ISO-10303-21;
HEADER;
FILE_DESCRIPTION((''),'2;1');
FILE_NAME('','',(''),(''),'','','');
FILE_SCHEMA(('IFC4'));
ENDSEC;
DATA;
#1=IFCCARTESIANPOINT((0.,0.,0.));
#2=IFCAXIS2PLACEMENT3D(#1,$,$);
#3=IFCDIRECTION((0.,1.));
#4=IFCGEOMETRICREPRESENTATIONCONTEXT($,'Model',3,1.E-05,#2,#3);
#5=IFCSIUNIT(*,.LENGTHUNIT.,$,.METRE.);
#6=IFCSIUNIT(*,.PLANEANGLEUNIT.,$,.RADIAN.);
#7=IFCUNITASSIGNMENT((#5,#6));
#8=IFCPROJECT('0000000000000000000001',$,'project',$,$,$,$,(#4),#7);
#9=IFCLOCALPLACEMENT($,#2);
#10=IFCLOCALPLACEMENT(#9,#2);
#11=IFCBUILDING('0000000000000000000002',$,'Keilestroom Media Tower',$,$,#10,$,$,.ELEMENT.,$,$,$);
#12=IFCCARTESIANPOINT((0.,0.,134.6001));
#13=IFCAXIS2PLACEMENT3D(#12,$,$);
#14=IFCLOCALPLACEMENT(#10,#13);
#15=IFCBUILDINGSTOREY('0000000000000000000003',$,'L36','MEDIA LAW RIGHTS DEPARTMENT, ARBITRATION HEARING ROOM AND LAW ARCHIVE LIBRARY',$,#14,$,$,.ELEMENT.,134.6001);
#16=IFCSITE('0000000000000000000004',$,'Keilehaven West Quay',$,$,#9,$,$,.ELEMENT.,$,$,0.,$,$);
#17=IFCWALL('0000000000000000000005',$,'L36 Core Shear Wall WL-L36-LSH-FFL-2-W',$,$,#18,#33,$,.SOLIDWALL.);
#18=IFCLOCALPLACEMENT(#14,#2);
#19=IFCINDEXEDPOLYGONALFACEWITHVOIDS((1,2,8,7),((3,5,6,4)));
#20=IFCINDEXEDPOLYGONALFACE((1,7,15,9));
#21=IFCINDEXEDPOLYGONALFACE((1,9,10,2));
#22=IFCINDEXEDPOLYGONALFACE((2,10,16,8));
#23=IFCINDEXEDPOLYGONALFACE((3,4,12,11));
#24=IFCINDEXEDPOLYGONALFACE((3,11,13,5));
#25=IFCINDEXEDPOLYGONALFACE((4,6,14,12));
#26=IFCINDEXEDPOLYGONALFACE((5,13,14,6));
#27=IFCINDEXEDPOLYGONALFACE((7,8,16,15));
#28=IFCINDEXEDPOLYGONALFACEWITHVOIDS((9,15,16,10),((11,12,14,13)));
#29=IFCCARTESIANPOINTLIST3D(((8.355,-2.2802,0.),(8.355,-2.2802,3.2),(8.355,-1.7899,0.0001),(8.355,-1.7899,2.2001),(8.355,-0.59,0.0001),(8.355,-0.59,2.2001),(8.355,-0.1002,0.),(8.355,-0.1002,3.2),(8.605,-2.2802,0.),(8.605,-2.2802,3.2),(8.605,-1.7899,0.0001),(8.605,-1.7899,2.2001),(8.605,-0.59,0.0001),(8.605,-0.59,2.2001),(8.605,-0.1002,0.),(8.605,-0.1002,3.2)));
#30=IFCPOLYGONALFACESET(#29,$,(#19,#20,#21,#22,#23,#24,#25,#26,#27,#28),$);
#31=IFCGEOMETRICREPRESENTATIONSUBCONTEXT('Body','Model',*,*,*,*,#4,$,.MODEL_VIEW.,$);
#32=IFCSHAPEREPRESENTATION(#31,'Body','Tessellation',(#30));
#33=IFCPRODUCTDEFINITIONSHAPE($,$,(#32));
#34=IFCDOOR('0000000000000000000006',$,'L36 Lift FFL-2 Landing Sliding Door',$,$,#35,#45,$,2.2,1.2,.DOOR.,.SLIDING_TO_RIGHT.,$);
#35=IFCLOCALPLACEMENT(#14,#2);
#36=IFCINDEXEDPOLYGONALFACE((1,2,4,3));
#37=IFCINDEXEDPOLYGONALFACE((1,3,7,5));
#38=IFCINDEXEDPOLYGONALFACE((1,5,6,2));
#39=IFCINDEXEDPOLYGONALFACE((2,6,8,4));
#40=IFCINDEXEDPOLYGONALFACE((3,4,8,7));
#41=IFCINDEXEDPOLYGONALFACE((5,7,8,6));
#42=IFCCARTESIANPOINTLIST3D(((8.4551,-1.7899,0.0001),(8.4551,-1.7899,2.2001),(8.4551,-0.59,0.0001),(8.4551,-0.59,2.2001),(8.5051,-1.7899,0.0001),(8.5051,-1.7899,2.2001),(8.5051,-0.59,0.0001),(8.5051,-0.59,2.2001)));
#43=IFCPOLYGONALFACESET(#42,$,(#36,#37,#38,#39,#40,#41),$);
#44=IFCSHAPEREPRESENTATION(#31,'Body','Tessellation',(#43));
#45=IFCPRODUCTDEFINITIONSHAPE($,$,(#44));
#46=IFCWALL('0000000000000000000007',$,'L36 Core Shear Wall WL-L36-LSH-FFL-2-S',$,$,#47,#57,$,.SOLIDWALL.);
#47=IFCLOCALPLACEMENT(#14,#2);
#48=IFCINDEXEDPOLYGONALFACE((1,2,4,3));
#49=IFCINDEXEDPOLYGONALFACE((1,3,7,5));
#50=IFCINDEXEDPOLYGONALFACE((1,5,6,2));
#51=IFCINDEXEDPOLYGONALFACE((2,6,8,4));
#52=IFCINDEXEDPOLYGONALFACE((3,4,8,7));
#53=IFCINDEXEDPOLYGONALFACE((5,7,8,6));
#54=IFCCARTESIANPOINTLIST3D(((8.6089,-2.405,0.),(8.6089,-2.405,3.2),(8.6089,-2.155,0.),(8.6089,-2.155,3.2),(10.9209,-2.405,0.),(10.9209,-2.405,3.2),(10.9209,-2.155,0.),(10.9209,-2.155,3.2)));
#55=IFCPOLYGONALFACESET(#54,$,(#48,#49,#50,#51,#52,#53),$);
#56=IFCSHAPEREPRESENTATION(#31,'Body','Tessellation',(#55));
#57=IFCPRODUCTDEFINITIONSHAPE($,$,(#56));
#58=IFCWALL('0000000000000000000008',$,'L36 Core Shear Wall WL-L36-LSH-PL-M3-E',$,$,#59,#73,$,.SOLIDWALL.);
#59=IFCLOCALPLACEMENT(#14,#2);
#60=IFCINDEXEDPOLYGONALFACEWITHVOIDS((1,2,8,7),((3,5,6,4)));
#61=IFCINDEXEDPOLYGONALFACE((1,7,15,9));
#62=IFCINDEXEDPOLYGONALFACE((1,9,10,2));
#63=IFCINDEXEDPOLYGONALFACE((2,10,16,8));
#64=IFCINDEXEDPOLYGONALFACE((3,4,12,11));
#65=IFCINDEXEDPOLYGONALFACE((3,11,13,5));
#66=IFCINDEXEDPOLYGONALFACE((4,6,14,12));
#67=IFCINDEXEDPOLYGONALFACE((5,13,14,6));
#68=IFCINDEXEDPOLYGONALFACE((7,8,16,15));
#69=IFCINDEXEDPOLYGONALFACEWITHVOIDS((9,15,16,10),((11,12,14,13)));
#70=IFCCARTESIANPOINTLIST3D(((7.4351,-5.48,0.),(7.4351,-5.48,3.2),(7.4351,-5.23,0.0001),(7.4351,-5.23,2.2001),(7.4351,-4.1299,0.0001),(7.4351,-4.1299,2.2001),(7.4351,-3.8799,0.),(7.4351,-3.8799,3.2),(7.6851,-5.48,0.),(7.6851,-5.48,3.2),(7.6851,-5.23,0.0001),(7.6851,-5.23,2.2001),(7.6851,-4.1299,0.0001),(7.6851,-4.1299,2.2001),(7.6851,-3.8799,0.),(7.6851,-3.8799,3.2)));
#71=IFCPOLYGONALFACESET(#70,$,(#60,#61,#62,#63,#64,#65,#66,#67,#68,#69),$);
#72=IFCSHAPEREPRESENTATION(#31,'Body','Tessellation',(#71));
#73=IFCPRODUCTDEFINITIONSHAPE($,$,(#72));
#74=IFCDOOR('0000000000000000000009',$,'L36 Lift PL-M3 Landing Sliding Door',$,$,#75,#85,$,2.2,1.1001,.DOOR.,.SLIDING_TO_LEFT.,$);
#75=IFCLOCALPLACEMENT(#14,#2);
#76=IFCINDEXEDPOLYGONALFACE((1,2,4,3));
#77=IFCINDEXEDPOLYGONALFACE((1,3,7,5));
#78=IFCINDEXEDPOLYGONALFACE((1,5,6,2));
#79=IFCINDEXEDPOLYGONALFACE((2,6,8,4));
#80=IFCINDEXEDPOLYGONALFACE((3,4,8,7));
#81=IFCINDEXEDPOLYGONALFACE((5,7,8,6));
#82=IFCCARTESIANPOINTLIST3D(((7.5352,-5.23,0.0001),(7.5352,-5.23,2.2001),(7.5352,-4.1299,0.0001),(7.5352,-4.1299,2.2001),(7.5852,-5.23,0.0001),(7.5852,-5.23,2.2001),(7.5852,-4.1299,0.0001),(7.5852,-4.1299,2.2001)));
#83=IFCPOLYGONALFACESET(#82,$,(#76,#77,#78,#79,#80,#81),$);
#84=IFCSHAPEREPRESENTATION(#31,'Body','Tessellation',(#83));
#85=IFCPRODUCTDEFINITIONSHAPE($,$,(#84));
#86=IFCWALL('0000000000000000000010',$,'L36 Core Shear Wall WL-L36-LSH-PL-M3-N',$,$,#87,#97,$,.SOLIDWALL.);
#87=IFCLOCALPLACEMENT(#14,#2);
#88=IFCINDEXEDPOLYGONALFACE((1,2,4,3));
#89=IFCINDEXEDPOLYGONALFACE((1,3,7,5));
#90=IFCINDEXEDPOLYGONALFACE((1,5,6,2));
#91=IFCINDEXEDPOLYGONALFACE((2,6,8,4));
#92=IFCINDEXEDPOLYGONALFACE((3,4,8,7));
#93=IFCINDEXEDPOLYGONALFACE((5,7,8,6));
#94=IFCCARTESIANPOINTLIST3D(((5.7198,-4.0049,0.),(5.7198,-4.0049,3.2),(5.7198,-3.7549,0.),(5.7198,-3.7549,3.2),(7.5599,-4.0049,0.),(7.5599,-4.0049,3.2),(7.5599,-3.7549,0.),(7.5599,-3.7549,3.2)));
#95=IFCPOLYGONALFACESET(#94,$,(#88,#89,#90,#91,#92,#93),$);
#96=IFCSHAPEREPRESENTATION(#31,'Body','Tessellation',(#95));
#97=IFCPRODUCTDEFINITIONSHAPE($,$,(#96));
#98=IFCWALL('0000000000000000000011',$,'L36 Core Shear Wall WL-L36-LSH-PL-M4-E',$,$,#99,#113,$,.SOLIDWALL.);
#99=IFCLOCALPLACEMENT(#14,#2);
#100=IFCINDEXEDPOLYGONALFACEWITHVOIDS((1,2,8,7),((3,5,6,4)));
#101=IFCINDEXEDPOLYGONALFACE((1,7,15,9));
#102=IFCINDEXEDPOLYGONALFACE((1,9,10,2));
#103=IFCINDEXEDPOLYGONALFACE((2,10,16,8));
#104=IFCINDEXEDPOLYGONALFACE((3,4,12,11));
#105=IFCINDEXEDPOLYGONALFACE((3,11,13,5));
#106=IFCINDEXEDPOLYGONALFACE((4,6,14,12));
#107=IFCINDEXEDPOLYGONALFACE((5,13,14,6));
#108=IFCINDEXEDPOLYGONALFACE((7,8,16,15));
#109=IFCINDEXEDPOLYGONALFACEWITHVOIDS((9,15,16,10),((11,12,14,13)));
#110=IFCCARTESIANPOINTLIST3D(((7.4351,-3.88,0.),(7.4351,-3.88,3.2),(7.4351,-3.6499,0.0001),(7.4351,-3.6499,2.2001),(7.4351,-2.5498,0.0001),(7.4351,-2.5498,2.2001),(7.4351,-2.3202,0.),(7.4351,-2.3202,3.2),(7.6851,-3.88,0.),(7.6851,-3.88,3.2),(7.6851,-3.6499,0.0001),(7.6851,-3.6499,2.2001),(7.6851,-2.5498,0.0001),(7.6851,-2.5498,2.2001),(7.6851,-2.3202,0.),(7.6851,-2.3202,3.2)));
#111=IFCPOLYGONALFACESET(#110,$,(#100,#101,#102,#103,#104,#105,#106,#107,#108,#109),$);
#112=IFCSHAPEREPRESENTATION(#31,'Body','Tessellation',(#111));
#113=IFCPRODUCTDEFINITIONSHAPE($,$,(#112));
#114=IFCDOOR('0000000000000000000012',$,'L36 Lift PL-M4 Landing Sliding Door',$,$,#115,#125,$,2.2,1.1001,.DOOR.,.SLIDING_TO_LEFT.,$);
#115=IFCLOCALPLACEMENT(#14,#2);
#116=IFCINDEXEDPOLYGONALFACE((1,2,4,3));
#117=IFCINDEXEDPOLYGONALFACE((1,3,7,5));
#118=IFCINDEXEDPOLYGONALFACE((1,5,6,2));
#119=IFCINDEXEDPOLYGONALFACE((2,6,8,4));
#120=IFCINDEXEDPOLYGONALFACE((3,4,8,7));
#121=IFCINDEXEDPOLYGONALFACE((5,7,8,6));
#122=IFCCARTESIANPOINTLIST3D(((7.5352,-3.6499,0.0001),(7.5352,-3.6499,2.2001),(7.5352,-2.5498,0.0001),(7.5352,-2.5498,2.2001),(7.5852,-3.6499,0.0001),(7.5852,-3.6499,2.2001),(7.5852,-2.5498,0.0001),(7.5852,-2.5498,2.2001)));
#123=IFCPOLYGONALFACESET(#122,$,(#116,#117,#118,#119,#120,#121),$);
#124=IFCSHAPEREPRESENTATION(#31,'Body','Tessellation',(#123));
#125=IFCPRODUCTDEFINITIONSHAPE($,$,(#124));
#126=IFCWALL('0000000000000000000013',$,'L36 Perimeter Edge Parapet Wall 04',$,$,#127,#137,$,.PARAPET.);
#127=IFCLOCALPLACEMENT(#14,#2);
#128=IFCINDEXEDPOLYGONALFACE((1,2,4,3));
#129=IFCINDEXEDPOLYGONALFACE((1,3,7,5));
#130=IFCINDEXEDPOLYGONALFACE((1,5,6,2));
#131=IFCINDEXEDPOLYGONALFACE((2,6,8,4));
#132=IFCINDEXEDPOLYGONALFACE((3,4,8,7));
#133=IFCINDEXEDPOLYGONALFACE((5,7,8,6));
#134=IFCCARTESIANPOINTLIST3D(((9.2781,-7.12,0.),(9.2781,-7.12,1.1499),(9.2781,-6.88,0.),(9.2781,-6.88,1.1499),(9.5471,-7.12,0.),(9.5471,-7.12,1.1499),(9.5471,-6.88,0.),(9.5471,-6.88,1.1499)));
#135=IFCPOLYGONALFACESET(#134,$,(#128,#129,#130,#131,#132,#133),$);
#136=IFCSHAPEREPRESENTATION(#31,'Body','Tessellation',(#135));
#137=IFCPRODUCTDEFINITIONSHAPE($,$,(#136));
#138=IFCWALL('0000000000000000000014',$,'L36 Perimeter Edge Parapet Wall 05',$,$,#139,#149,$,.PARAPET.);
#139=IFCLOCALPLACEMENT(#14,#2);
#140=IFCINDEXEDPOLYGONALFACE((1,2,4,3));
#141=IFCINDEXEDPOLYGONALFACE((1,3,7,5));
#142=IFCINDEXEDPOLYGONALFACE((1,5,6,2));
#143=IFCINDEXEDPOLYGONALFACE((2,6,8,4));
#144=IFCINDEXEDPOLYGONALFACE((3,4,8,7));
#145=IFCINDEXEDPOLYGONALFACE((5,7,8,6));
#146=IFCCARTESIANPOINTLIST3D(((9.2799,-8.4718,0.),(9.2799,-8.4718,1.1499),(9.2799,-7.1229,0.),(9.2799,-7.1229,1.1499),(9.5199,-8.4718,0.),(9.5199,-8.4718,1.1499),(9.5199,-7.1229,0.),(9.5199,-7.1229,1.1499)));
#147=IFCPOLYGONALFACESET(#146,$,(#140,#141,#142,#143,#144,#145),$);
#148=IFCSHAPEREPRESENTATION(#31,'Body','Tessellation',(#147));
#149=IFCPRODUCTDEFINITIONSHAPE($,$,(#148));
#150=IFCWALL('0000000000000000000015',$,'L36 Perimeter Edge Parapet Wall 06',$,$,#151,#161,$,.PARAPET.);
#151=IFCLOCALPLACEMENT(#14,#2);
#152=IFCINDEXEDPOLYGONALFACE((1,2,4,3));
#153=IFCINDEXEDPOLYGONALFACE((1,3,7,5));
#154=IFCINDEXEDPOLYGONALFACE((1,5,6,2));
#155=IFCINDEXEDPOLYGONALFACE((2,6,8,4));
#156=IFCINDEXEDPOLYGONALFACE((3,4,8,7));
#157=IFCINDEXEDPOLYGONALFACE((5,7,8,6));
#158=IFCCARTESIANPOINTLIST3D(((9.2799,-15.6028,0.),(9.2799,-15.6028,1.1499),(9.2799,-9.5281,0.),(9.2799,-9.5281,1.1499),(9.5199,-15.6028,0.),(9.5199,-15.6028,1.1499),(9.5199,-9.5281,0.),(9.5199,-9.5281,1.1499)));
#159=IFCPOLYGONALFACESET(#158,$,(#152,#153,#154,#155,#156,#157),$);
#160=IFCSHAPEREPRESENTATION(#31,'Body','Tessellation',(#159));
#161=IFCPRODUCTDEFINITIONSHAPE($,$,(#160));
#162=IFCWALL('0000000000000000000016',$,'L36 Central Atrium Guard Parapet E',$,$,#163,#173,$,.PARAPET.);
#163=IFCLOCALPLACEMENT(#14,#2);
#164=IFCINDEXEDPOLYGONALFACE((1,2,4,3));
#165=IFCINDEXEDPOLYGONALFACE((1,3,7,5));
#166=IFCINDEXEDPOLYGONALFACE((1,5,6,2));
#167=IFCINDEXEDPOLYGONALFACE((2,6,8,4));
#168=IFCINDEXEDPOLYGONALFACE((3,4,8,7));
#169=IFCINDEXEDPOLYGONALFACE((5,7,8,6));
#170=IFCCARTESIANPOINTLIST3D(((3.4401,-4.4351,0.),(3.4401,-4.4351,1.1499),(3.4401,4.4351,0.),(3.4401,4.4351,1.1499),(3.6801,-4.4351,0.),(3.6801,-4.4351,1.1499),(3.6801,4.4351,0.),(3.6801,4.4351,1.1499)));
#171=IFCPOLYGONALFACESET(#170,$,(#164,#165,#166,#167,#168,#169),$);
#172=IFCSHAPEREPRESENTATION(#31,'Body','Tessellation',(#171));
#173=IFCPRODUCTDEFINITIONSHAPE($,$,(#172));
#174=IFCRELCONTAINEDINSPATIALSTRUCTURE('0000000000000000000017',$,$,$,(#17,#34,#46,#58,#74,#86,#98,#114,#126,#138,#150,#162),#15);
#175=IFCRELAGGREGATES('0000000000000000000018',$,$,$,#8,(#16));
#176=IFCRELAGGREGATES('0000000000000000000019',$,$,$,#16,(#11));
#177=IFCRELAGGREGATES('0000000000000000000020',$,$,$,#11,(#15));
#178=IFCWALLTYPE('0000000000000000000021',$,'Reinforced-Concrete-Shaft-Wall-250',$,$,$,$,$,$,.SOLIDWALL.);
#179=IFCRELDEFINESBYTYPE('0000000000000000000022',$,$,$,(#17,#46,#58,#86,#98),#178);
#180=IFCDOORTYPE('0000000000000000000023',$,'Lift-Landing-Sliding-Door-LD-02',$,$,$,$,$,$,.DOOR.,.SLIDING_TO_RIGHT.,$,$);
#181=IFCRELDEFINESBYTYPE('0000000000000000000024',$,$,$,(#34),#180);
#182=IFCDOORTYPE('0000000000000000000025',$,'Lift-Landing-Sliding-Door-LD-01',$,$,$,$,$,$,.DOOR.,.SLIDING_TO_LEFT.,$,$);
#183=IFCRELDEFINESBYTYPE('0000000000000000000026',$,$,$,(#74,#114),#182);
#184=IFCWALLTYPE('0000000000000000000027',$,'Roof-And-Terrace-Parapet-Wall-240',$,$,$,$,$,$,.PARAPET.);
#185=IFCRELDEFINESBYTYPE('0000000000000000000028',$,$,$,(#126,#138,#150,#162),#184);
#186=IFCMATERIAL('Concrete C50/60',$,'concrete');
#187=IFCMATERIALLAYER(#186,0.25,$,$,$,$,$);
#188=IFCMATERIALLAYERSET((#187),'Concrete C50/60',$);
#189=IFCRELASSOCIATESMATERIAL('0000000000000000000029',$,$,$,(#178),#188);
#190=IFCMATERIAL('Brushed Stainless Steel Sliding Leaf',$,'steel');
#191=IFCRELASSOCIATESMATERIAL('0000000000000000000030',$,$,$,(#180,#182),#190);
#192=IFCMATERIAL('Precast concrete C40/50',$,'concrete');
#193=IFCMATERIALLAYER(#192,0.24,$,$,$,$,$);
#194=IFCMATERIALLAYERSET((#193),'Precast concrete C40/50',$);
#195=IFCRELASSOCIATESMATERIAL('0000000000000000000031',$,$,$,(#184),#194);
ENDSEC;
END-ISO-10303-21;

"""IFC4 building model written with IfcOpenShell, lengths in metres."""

from ifc_helpers import new_model, si_unit, direction, frame, frame_2d, origin, place, context, subcontext, project, spatial, rectangle, extrude, source, transform, mapped, material, layer, layer_set, type_object, element, fill, save


model = new_model("IFC4")

# Units and contexts
model_context = context("Model", 3, precision=1e-05, world=origin(), true_north=direction((0.0, 1.0)))
body_context = subcontext(model_context, "Body", "Model", "MODEL_VIEW")
ifc_project = project(units=[si_unit("LENGTHUNIT", "METRE"), si_unit("PLANEANGLEUNIT", "RADIAN")], contexts=[model_context])

# Site, building, storey
site_placement = place(None, origin())
site = spatial("IfcSite", under=ifc_project, at=site_placement, Name="Keilehaven West Quay", CompositionType="ELEMENT", RefElevation=0.0)
building_placement = place(site_placement, origin())
building = spatial("IfcBuilding", under=site, at=building_placement, Name="Keilestroom Media Tower", CompositionType="ELEMENT")
storey_placement = place(building_placement, frame((0.0, 0.0, 134.6001)))
storey = spatial("IfcBuildingStorey", under=building, at=storey_placement, Name="L36", Description="MEDIA LAW RIGHTS DEPARTMENT, ARBITRATION HEARING ROOM AND LAW ARCHIVE LIBRARY", CompositionType="ELEMENT", Elevation=134.6001)

# Shared definitions
shared_shape_1 = source(origin(), body_context, "Body", "SweptSolid", [
    extrude(rectangle(XDim=1.2, YDim=2.2, at=frame_2d((0.6001, 1.1001))), frame((0.0, 0.0249, 0.0), z_axis=(0.0, -1.0, 0.0), x_axis=(1.0, 0.0, 0.0)), (0.0, 0.0, 1.0), 0.05),
])

# Shared definitions
ifc_material_1 = material(Name="Concrete C50/60", Category="concrete")
ifc_layer_1 = layer(ifc_material_1, 0.25)
ifc_layer_set_1 = layer_set([ifc_layer_1], Name="Concrete C50/60")
wall_type_1 = type_object("IfcWallType", Name="Reinforced-Concrete-Shaft-Wall-250", PredefinedType="SOLIDWALL", material=ifc_layer_set_1)

# Wall, opening, door
wall_1_placement = place(storey_placement, frame((8.48, -2.28, 0.0), z_axis=(0.0, 0.0, 1.0), x_axis=(0.0, 1.0, 0.0)))
wall_1 = element("IfcWall", 1, at=wall_1_placement, inside=storey, type_object=wall_type_1, Name="L36 Core Shear Wall WL-L36-LSH-FFL-2-W", PredefinedType="SOLIDWALL", context=body_context, shape_type="SweptSolid", body=[
    extrude(rectangle(XDim=2.1799, YDim=0.25, at=frame_2d((1.0898, 0.0))), origin(), (0.0, 0.0, 1.0), 3.2),
])
opening_1_placement = place(wall_1_placement, frame((0.49, 0.0, 0.0)))
opening_1 = element("IfcOpeningElement", 2, at=opening_1_placement, cuts=wall_1, PredefinedType="OPENING", context=body_context, shape_type="SweptSolid", body=[
    extrude(rectangle(XDim=1.2, YDim=2.2, at=frame_2d((0.6001, 1.1001))), frame((0.0, 0.135, 0.0), z_axis=(0.0, -1.0, 0.0), x_axis=(1.0, 0.0, 0.0)), (0.0, 0.0, 1.0), 0.27),
])
ifc_material_2 = material(Name="Brushed Stainless Steel Sliding Leaf", Category="steel")
door_type_1 = type_object("IfcDoorType", Name="Lift-Landing-Sliding-Door-LD-02", OperationType="SLIDING_TO_RIGHT", PredefinedType="DOOR", material=ifc_material_2)
door_1_placement = place(opening_1_placement, origin())
door_1 = element("IfcDoor", 3, at=door_1_placement, inside=storey, type_object=door_type_1, Name="L36 Lift FFL-2 Landing Sliding Door", OperationType="SLIDING_TO_RIGHT", OverallHeight=2.2, OverallWidth=1.2, PredefinedType="DOOR", context=body_context, shape_type="MappedRepresentation", body=[
    mapped(shared_shape_1, transform((0.0, 0.0, 0.0), x_axis=(1.0, 0.0, 0.0), y_axis=(0.0, 1.0, 0.0), z_axis=(0.0, 0.0, 1.0), scale=1.0)),
])
fill(opening_1, door_1)

# Wall
wall_2_placement = place(storey_placement, frame((8.6089, -2.28, 0.0), z_axis=(0.0, 0.0, 1.0), x_axis=(1.0, 0.0, 0.0)))
element("IfcWall", 4, at=wall_2_placement, inside=storey, type_object=wall_type_1, Name="L36 Core Shear Wall WL-L36-LSH-FFL-2-S", PredefinedType="SOLIDWALL", context=body_context, shape_type="SweptSolid", body=[
    extrude(rectangle(XDim=2.312, YDim=0.25, at=frame_2d((1.156, 0.0))), origin(), (0.0, 0.0, 1.0), 3.2),
])

# Wall, opening, door
wall_3_placement = place(storey_placement, frame((7.5601, -5.48, 0.0), z_axis=(0.0, 0.0, 1.0), x_axis=(0.0, 1.0, 0.0)))
wall_3 = element("IfcWall", 5, at=wall_3_placement, inside=storey, type_object=wall_type_1, Name="L36 Core Shear Wall WL-L36-LSH-PL-M3-E", PredefinedType="SOLIDWALL", context=body_context, shape_type="SweptSolid", body=[
    extrude(rectangle(XDim=1.6001, YDim=0.25, at=frame_2d((0.8, 0.0))), origin(), (0.0, 0.0, 1.0), 3.2),
])
opening_2_placement = place(wall_3_placement, frame((0.25, 0.0, 0.0)))
opening_2 = element("IfcOpeningElement", 6, at=opening_2_placement, cuts=wall_3, PredefinedType="OPENING", context=body_context, shape_type="SweptSolid", body=[
    extrude(rectangle(XDim=1.1001, YDim=2.2, at=frame_2d((0.55, 1.1001))), frame((0.0, 0.135, 0.0), z_axis=(0.0, -1.0, 0.0), x_axis=(1.0, 0.0, 0.0)), (0.0, 0.0, 1.0), 0.27),
])
door_type_2 = type_object("IfcDoorType", Name="Lift-Landing-Sliding-Door-LD-01", OperationType="SLIDING_TO_LEFT", PredefinedType="DOOR", material=ifc_material_2)
shared_shape_2 = source(origin(), body_context, "Body", "SweptSolid", [
    extrude(rectangle(XDim=1.1001, YDim=2.2, at=frame_2d((0.55, 1.1001))), frame((0.0, 0.0249, 0.0), z_axis=(0.0, -1.0, 0.0), x_axis=(1.0, 0.0, 0.0)), (0.0, 0.0, 1.0), 0.05),
])
door_2_placement = place(opening_2_placement, origin())
door_2 = element("IfcDoor", 7, at=door_2_placement, inside=storey, type_object=door_type_2, Name="L36 Lift PL-M3 Landing Sliding Door", OperationType="SLIDING_TO_LEFT", OverallHeight=2.2, OverallWidth=1.1001, PredefinedType="DOOR", context=body_context, shape_type="MappedRepresentation", body=[
    mapped(shared_shape_2, transform((0.0, 0.0, 0.0), x_axis=(1.0, 0.0, 0.0), y_axis=(0.0, 1.0, 0.0), z_axis=(0.0, 0.0, 1.0), scale=1.0)),
])
fill(opening_2, door_2)

# Wall
wall_4_placement = place(storey_placement, frame((5.72, -3.8799, 0.0), z_axis=(0.0, 0.0, 1.0), x_axis=(1.0, 0.0, 0.0)))
element("IfcWall", 8, at=wall_4_placement, inside=storey, type_object=wall_type_1, Name="L36 Core Shear Wall WL-L36-LSH-PL-M3-N", PredefinedType="SOLIDWALL", context=body_context, shape_type="SweptSolid", body=[
    extrude(rectangle(XDim=1.8401, YDim=0.25, at=frame_2d((0.9199, 0.0))), origin(), (0.0, 0.0, 1.0), 3.2),
])

# Wall, opening, door
wall_5_placement = place(storey_placement, frame((7.5601, -3.8799, 0.0), z_axis=(0.0, 0.0, 1.0), x_axis=(0.0, 1.0, 0.0)))
wall_5 = element("IfcWall", 9, at=wall_5_placement, inside=storey, type_object=wall_type_1, Name="L36 Core Shear Wall WL-L36-LSH-PL-M4-E", PredefinedType="SOLIDWALL", context=body_context, shape_type="SweptSolid", body=[
    extrude(rectangle(XDim=1.5598, YDim=0.25, at=frame_2d((0.7798, 0.0))), origin(), (0.0, 0.0, 1.0), 3.2),
])
opening_3_placement = place(wall_5_placement, frame((0.23, 0.0, 0.0)))
opening_3 = element("IfcOpeningElement", 10, at=opening_3_placement, cuts=wall_5, PredefinedType="OPENING", context=body_context, shape_type="SweptSolid", body=[
    extrude(rectangle(XDim=1.1001, YDim=2.2, at=frame_2d((0.55, 1.1001))), frame((0.0, 0.135, 0.0), z_axis=(0.0, -1.0, 0.0), x_axis=(1.0, 0.0, 0.0)), (0.0, 0.0, 1.0), 0.27),
])
door_3_placement = place(opening_3_placement, origin())
door_3 = element("IfcDoor", 11, at=door_3_placement, inside=storey, type_object=door_type_2, Name="L36 Lift PL-M4 Landing Sliding Door", OperationType="SLIDING_TO_LEFT", OverallHeight=2.2, OverallWidth=1.1001, PredefinedType="DOOR", context=body_context, shape_type="MappedRepresentation", body=[
    mapped(shared_shape_2, transform((0.0, 0.0, 0.0), x_axis=(1.0, 0.0, 0.0), y_axis=(0.0, 1.0, 0.0), z_axis=(0.0, 0.0, 1.0), scale=1.0)),
])
fill(opening_3, door_3)

# Walls
ifc_material_3 = material(Name="Precast concrete C40/50", Category="concrete")
ifc_layer_2 = layer(ifc_material_3, 0.24)
ifc_layer_set_2 = layer_set([ifc_layer_2], Name="Precast concrete C40/50")
wall_type_2 = type_object("IfcWallType", Name="Roof-And-Terrace-Parapet-Wall-240", PredefinedType="PARAPET", material=ifc_layer_set_2)
wall_6_placement = place(storey_placement, frame((9.5471, -7.0, 0.0), z_axis=(0.0, 0.0, 1.0), x_axis=(-1.0, 0.0, 0.0)))
element("IfcWall", 12, at=wall_6_placement, inside=storey, type_object=wall_type_2, Name="L36 Perimeter Edge Parapet Wall 04", PredefinedType="PARAPET", context=body_context, shape_type="SweptSolid", body=[
    extrude(rectangle(XDim=0.269, YDim=0.24, at=frame_2d((0.1345, 0.0))), origin(), (0.0, 0.0, 1.0), 1.1499),
])
wall_7_placement = place(storey_placement, frame((9.3999, -7.123, 0.0), z_axis=(0.0, 0.0, 1.0), x_axis=(0.0, -1.0, 0.0)))
element("IfcWall", 13, at=wall_7_placement, inside=storey, type_object=wall_type_2, Name="L36 Perimeter Edge Parapet Wall 05", PredefinedType="PARAPET", context=body_context, shape_type="SweptSolid", body=[
    extrude(rectangle(XDim=1.3489, YDim=0.24, at=frame_2d((0.6743, 0.0))), origin(), (0.0, 0.0, 1.0), 1.1499),
])
wall_8_placement = place(storey_placement, frame((9.3999, -9.5281, 0.0), z_axis=(0.0, 0.0, 1.0), x_axis=(0.0, -1.0, 0.0)))
element("IfcWall", 14, at=wall_8_placement, inside=storey, type_object=wall_type_2, Name="L36 Perimeter Edge Parapet Wall 06", PredefinedType="PARAPET", context=body_context, shape_type="SweptSolid", body=[
    extrude(rectangle(XDim=6.0747, YDim=0.24, at=frame_2d((3.0374, 0.0))), origin(), (0.0, 0.0, 1.0), 1.1499),
])
wall_9_placement = place(storey_placement, frame((3.5601, -4.4351, 0.0), z_axis=(0.0, 0.0, 1.0), x_axis=(0.0, 1.0, 0.0)))
element("IfcWall", 15, at=wall_9_placement, inside=storey, type_object=wall_type_2, Name="L36 Central Atrium Guard Parapet E", PredefinedType="PARAPET", context=body_context, shape_type="SweptSolid", body=[
    extrude(rectangle(XDim=8.8701, YDim=0.24, at=frame_2d((4.4351, 0.0))), origin(), (0.0, 0.0, 1.0), 1.1499),
])

save(model, "model.ifc")
